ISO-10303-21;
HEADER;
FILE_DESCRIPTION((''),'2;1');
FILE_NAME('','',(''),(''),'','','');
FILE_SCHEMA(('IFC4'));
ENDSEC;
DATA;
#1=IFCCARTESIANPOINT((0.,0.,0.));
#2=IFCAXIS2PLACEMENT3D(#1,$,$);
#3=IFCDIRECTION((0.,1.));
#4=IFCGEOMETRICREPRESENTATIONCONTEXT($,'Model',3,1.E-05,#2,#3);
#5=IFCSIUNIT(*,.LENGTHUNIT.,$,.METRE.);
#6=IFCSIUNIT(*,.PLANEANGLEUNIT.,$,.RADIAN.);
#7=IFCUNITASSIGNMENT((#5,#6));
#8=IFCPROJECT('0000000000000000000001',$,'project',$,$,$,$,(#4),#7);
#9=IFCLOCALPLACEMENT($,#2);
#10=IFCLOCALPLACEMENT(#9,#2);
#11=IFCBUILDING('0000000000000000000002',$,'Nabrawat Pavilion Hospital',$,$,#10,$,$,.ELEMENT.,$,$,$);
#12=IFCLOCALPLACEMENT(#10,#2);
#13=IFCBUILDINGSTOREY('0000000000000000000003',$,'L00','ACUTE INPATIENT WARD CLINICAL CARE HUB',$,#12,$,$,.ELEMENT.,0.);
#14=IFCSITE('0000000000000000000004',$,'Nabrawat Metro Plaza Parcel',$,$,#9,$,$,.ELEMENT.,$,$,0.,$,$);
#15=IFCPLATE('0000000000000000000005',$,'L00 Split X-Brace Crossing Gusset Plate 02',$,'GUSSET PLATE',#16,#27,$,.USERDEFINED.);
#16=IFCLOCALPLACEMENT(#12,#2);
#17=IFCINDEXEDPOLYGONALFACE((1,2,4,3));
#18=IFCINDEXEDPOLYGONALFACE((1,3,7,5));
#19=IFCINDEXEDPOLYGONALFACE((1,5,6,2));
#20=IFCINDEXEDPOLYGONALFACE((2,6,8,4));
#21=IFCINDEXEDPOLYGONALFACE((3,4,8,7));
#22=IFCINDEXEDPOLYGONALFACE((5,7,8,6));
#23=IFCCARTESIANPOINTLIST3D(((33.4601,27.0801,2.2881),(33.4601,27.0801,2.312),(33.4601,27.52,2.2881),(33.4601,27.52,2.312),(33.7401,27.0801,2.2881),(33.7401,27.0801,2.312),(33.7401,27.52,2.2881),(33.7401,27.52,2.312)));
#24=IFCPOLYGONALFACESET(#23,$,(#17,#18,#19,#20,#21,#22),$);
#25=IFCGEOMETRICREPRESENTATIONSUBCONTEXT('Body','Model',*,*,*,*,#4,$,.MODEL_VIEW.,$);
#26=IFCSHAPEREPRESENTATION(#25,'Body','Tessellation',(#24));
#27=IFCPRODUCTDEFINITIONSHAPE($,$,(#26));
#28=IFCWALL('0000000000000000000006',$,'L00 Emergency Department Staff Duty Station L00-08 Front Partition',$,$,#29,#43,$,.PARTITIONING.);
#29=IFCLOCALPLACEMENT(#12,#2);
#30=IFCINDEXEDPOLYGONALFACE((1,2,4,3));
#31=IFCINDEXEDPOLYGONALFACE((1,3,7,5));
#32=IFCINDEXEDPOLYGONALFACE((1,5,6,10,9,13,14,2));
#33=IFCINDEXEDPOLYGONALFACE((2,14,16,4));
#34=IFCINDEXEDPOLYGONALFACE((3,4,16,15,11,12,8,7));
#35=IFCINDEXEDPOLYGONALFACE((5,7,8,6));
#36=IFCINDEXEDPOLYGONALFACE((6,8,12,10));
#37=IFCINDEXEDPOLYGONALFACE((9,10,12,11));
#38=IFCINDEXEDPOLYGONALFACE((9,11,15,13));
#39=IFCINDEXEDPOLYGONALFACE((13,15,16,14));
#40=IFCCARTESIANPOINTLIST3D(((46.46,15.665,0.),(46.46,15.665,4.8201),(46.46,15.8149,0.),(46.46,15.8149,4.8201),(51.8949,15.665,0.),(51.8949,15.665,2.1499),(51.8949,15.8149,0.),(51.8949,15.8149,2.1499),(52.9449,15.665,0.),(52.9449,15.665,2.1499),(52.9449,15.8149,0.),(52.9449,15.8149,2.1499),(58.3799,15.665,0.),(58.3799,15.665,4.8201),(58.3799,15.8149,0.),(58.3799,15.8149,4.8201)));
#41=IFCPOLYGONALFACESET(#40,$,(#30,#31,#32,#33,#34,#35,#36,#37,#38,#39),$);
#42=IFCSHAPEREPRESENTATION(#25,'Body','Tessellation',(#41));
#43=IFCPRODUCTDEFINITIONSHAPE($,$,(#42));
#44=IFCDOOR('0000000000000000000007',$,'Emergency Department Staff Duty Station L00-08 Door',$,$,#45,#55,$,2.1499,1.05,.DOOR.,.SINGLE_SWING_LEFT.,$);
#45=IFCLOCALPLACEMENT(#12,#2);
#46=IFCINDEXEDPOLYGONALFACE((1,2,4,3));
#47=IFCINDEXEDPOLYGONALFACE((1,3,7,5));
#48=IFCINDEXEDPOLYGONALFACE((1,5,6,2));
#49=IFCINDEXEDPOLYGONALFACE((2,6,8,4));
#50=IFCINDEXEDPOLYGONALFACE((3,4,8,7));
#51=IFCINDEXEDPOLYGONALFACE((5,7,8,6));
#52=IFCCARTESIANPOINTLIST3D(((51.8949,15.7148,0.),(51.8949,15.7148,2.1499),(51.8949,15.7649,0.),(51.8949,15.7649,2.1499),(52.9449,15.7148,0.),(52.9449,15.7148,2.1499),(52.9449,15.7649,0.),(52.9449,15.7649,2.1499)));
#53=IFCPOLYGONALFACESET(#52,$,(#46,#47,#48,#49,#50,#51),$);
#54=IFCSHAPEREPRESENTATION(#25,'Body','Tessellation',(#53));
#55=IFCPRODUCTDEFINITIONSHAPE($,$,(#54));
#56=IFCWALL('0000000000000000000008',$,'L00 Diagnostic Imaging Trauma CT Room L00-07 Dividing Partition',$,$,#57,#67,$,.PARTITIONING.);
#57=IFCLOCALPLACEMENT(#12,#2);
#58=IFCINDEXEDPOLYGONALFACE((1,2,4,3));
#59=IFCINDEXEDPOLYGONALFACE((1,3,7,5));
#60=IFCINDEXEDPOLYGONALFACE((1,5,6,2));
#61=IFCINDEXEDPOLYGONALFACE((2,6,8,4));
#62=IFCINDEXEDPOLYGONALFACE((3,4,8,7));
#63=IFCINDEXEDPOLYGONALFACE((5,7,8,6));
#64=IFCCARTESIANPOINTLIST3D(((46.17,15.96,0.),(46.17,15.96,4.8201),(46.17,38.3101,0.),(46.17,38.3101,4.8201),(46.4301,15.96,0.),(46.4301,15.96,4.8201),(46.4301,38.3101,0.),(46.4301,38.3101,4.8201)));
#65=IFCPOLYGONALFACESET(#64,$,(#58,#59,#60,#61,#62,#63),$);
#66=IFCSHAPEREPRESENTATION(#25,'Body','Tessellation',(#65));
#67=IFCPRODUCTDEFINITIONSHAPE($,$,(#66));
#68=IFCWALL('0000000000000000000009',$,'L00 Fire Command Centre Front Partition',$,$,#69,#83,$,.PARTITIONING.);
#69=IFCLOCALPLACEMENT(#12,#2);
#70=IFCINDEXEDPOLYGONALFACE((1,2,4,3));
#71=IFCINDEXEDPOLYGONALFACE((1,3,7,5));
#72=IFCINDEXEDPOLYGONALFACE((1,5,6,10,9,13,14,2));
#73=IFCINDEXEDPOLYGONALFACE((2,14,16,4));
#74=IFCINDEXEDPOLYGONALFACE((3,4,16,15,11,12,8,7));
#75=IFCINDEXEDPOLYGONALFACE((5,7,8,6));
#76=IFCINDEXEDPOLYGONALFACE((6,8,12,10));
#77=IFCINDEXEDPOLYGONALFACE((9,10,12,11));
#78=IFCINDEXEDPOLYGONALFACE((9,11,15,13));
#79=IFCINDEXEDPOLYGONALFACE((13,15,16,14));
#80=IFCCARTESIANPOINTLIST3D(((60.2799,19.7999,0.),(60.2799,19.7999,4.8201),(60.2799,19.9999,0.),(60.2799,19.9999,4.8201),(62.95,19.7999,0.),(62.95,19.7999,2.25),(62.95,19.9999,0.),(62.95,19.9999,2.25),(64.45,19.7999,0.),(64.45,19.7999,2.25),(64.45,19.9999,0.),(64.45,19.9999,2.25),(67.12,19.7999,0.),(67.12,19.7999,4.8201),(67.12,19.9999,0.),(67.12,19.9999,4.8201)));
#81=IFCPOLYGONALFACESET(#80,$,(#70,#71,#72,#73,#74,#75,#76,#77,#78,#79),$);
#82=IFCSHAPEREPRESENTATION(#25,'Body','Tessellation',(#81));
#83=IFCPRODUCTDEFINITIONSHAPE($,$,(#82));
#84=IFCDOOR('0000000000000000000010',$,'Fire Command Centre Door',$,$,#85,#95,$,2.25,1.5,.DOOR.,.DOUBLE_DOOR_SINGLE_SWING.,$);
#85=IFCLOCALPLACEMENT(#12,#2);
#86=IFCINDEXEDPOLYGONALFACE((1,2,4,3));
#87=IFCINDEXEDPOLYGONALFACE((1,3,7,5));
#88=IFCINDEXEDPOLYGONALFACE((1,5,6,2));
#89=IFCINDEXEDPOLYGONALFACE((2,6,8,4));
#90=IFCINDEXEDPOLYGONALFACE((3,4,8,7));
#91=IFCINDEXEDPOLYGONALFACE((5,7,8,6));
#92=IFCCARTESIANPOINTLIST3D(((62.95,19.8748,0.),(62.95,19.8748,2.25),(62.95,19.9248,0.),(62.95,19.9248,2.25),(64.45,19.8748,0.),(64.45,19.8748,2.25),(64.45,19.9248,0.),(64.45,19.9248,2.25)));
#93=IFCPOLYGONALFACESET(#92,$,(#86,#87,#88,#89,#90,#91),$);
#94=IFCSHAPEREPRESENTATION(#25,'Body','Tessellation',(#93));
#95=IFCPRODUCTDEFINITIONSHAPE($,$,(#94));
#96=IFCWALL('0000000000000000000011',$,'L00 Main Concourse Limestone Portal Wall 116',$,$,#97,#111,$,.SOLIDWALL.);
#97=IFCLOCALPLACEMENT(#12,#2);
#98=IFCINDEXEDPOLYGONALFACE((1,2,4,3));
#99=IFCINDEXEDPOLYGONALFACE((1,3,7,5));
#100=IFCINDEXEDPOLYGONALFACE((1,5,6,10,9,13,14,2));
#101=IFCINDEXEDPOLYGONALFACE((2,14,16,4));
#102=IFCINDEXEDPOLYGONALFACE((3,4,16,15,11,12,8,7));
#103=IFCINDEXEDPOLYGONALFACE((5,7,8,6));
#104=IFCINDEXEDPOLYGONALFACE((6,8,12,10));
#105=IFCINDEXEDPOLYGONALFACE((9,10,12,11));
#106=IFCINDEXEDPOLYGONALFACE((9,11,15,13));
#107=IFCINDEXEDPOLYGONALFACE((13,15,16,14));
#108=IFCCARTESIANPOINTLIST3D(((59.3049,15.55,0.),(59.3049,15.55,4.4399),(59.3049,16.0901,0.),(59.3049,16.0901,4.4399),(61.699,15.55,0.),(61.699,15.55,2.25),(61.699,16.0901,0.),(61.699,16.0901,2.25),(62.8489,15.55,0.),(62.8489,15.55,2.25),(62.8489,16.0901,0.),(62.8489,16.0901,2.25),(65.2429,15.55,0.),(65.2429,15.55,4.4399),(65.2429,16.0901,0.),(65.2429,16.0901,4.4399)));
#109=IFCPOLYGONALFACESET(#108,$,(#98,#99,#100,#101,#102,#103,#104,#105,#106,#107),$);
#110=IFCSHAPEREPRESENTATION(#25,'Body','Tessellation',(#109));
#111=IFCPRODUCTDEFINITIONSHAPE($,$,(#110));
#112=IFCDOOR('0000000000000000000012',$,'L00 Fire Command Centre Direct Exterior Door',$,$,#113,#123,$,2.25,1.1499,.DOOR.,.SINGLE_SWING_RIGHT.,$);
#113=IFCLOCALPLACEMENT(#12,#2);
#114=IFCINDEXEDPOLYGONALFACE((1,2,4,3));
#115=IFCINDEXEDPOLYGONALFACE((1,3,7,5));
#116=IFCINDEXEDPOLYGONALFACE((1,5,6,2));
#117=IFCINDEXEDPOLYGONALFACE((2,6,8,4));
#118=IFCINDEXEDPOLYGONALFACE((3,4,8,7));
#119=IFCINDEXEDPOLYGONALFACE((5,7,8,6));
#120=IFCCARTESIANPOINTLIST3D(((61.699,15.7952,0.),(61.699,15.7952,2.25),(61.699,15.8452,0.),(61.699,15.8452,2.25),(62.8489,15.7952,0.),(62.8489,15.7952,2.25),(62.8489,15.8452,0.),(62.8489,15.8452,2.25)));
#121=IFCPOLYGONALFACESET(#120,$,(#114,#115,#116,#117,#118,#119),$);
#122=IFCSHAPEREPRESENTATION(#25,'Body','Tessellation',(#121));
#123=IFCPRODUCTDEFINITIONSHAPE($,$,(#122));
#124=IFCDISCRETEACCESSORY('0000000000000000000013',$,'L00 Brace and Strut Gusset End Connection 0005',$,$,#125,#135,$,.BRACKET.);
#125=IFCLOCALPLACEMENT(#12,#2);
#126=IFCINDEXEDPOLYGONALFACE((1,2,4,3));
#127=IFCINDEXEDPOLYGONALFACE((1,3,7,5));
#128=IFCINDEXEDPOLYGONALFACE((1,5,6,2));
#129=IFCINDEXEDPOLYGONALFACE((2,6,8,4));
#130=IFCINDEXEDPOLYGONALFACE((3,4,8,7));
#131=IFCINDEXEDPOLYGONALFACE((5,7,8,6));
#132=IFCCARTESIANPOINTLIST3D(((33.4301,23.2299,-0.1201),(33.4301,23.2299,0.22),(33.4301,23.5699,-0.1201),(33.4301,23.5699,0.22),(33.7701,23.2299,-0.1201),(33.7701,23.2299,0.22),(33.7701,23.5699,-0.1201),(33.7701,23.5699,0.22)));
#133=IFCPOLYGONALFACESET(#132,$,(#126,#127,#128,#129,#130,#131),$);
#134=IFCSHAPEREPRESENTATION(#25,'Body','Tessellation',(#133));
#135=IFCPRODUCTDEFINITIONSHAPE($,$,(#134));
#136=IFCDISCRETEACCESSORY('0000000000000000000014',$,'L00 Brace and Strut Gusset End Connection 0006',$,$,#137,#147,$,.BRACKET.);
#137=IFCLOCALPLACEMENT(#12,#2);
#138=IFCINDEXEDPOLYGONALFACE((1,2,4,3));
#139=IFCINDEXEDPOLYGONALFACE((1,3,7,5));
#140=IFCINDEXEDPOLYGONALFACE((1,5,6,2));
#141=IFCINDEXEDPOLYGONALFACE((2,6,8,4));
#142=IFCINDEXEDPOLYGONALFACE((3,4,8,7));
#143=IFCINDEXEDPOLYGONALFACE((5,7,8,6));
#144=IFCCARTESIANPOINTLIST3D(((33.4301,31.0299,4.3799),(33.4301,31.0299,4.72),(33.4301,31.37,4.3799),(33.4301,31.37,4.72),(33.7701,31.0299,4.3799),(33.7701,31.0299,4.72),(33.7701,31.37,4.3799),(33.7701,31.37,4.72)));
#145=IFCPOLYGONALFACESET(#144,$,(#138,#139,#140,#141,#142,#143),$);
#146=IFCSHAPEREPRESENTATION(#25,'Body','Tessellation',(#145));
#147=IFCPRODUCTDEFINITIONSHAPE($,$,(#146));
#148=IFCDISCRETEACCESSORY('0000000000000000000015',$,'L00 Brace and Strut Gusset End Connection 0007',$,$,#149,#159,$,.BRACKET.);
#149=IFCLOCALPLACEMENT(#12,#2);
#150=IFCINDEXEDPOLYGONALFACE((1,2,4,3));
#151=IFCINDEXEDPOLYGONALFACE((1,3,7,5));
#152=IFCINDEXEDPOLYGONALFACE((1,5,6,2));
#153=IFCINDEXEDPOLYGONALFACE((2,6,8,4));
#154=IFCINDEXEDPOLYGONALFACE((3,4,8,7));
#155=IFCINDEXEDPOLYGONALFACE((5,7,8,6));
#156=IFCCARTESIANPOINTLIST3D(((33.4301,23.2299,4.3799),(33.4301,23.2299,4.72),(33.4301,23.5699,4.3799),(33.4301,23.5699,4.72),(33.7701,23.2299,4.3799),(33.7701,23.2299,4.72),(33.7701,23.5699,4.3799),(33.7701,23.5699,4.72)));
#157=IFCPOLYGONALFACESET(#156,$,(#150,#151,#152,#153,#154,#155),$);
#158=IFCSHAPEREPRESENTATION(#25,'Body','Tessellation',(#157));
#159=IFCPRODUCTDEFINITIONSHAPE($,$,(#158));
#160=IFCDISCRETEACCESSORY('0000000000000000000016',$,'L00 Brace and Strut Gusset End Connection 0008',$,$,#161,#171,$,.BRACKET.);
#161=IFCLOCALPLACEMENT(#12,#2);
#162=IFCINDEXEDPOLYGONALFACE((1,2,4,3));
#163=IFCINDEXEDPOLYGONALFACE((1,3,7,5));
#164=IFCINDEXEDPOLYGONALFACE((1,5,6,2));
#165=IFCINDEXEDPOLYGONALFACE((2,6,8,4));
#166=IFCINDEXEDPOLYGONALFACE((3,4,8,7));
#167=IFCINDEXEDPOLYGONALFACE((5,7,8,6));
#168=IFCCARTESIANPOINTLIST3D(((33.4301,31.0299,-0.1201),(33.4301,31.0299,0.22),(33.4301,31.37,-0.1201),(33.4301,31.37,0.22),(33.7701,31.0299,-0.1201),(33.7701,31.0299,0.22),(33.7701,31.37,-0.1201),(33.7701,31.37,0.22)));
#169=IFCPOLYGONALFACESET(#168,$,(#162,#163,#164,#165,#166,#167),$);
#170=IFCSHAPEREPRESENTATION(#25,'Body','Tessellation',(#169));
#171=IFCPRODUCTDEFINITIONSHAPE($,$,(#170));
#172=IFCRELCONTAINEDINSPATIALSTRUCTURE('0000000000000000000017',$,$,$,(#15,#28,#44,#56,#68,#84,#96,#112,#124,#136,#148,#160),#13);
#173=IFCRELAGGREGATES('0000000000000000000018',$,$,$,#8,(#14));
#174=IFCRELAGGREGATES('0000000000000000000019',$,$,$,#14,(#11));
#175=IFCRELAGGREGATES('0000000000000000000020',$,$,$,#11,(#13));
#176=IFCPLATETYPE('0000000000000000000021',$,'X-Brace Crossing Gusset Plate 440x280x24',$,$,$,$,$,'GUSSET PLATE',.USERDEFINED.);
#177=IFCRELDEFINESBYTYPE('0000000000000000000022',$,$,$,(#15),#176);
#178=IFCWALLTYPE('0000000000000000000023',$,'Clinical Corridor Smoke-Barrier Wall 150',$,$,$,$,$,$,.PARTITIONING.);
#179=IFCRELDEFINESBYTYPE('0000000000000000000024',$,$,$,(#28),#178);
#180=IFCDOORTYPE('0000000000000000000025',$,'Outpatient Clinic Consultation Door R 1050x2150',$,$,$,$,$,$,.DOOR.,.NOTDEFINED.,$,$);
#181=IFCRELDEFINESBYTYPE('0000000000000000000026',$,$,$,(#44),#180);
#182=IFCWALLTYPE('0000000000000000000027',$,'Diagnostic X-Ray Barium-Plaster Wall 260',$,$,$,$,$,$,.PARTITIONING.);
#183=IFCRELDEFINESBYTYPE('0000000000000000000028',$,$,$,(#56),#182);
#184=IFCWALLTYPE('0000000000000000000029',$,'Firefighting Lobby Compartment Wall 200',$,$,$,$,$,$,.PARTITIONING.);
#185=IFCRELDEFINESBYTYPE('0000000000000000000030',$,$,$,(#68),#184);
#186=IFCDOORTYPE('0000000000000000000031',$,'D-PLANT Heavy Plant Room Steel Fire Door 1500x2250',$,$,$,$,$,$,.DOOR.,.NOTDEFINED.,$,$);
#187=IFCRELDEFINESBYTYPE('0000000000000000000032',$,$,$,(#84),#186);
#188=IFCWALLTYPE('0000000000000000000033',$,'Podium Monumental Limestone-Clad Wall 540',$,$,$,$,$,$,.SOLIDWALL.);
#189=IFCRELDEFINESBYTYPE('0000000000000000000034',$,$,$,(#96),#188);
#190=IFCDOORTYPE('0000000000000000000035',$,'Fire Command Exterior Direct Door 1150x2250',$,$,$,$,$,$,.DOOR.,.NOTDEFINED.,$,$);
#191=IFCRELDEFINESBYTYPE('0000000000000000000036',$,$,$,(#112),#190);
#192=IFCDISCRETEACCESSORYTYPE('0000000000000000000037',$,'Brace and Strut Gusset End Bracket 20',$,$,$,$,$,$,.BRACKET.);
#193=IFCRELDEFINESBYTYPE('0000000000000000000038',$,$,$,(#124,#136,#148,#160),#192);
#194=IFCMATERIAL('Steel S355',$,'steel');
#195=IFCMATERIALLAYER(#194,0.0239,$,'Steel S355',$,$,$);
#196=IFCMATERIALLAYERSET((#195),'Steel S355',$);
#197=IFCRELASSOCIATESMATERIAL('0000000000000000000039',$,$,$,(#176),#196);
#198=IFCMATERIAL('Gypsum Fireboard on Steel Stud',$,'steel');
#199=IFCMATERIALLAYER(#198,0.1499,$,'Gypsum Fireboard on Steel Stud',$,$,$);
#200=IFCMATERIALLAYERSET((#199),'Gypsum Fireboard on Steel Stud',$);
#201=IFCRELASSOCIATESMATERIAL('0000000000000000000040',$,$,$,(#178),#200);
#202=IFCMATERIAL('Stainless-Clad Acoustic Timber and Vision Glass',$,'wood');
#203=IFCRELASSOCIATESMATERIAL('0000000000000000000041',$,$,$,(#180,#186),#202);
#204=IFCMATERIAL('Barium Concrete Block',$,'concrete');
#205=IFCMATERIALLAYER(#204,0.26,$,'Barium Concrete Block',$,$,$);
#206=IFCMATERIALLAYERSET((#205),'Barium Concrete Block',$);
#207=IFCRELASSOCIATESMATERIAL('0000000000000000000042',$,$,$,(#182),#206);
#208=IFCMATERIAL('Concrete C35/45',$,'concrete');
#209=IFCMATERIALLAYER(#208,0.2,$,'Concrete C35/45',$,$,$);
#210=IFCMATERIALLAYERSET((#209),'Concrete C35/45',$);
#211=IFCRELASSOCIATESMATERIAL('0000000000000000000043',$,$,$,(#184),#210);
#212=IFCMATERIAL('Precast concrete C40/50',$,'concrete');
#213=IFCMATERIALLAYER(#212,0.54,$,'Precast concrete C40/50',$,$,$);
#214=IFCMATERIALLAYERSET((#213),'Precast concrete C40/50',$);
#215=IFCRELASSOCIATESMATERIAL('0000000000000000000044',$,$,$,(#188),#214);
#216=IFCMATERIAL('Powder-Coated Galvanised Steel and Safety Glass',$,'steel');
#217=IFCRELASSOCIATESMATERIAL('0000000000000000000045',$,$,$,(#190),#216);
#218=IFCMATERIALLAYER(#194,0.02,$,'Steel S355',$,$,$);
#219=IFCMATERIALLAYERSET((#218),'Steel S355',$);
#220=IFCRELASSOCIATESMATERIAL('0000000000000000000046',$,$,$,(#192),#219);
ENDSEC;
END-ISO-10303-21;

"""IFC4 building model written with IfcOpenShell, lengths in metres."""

from ifc_helpers import new_model, si_unit, direction, frame, frame_2d, origin, origin_2d, place, context, subcontext, project, spatial, rectangle, extrude, material, layer, layer_set, type_object, element, fill, save


model = new_model("IFC4")

# Units and contexts
model_context = context("Model", 3, precision=1e-05, world=origin(), true_north=direction((0.0, 1.0)))
body_context = subcontext(model_context, "Body", "Model", "MODEL_VIEW")
ifc_project = project(units=[si_unit("LENGTHUNIT", "METRE"), si_unit("PLANEANGLEUNIT", "RADIAN")], contexts=[model_context])

# Site, building, storey
site_placement = place(None, origin())
site = spatial("IfcSite", under=ifc_project, at=site_placement, Name="Nabrawat Metro Plaza Parcel", CompositionType="ELEMENT", RefElevation=0.0)
building_placement = place(site_placement, origin())
building = spatial("IfcBuilding", under=site, at=building_placement, Name="Nabrawat Pavilion Hospital", CompositionType="ELEMENT")
storey_placement = place(building_placement, origin())
storey = spatial("IfcBuildingStorey", under=building, at=storey_placement, Name="L00", Description="ACUTE INPATIENT WARD CLINICAL CARE HUB", CompositionType="ELEMENT", Elevation=0.0)

# Shared definitions
ifc_material_1 = material(Name="Steel S355", Category="steel")

# Plate
ifc_layer_1 = layer(ifc_material_1, 0.0239, Name="Steel S355")
ifc_layer_set_1 = layer_set([ifc_layer_1], Name="Steel S355")
plate_type_1 = type_object("IfcPlateType", Name="X-Brace Crossing Gusset Plate 440x280x24", ElementType="GUSSET PLATE", PredefinedType="USERDEFINED", material=ifc_layer_set_1)
plate_1_placement = place(storey_placement, frame((33.6001, 27.3, 2.2881), z_axis=(0.0, 0.0, 1.0), x_axis=(1.0, 0.0, 0.0)))
element("IfcPlate", 1, at=plate_1_placement, inside=storey, type_object=plate_type_1, Name="L00 Split X-Brace Crossing Gusset Plate 02", ObjectType="GUSSET PLATE", PredefinedType="USERDEFINED", context=body_context, shape_type="SweptSolid", body=[
    extrude(rectangle(XDim=0.28, YDim=0.4399, at=origin_2d()), origin(), (0.0, 0.0, 1.0), 0.0239),
])

# Wall, opening, door
ifc_material_2 = material(Name="Gypsum Fireboard on Steel Stud", Category="steel")
ifc_layer_2 = layer(ifc_material_2, 0.1499, Name="Gypsum Fireboard on Steel Stud")
ifc_layer_set_2 = layer_set([ifc_layer_2], Name="Gypsum Fireboard on Steel Stud")
wall_type_1 = type_object("IfcWallType", Name="Clinical Corridor Smoke-Barrier Wall 150", PredefinedType="PARTITIONING", material=ifc_layer_set_2)
wall_1_placement = place(storey_placement, frame((46.46, 15.74, 0.0), z_axis=(0.0, 0.0, 1.0), x_axis=(1.0, 0.0, 0.0)))
wall_1 = element("IfcWall", 2, at=wall_1_placement, inside=storey, type_object=wall_type_1, Name="L00 Emergency Department Staff Duty Station L00-08 Front Partition", PredefinedType="PARTITIONING", context=body_context, shape_type="SweptSolid", body=[
    extrude(rectangle(XDim=11.9199, YDim=0.1499, at=frame_2d((5.96, 0.0))), origin(), (0.0, 0.0, 1.0), 4.8201),
])
opening_1_placement = place(wall_1_placement, frame((5.4351, 0.0, 0.0)))
opening_1 = element("IfcOpeningElement", 3, at=opening_1_placement, cuts=wall_1, PredefinedType="OPENING", context=body_context, shape_type="SweptSolid", body=[
    extrude(rectangle(XDim=1.05, YDim=2.1499, at=frame_2d((0.5249, 1.075))), frame((0.0, 0.085, 0.0), z_axis=(0.0, -1.0, 0.0), x_axis=(1.0, 0.0, 0.0)), (0.0, 0.0, 1.0), 0.1699),
])
ifc_material_3 = material(Name="Stainless-Clad Acoustic Timber and Vision Glass", Category="wood")
door_type_1 = type_object("IfcDoorType", Name="Outpatient Clinic Consultation Door R 1050x2150", OperationType="NOTDEFINED", PredefinedType="DOOR", material=ifc_material_3)
door_1_placement = place(opening_1_placement, origin())
door_1 = element("IfcDoor", 4, at=door_1_placement, inside=storey, type_object=door_type_1, Name="Emergency Department Staff Duty Station L00-08 Door", OperationType="SINGLE_SWING_LEFT", OverallHeight=2.1499, OverallWidth=1.05, PredefinedType="DOOR", context=body_context, shape_type="SweptSolid", body=[
    extrude(rectangle(XDim=1.05, YDim=2.1499, at=frame_2d((0.5249, 1.075))), frame((0.0, 0.0249, 0.0), z_axis=(0.0, -1.0, 0.0), x_axis=(1.0, 0.0, 0.0)), (0.0, 0.0, 1.0), 0.05),
])
fill(opening_1, door_1)

# Wall
ifc_material_4 = material(Name="Barium Concrete Block", Category="concrete")
ifc_layer_3 = layer(ifc_material_4, 0.26, Name="Barium Concrete Block")
ifc_layer_set_3 = layer_set([ifc_layer_3], Name="Barium Concrete Block")
wall_type_2 = type_object("IfcWallType", Name="Diagnostic X-Ray Barium-Plaster Wall 260", PredefinedType="PARTITIONING", material=ifc_layer_set_3)
wall_2_placement = place(storey_placement, frame((46.3, 15.96, 0.0), z_axis=(0.0, 0.0, 1.0), x_axis=(0.0, 1.0, 0.0)))
element("IfcWall", 5, at=wall_2_placement, inside=storey, type_object=wall_type_2, Name="L00 Diagnostic Imaging Trauma CT Room L00-07 Dividing Partition", PredefinedType="PARTITIONING", context=body_context, shape_type="SweptSolid", body=[
    extrude(rectangle(XDim=22.3501, YDim=0.26, at=frame_2d((11.175, 0.0))), origin(), (0.0, 0.0, 1.0), 4.8201),
])

# Walls, openings, doors
ifc_material_5 = material(Name="Concrete C35/45", Category="concrete")
ifc_layer_4 = layer(ifc_material_5, 0.2, Name="Concrete C35/45")
ifc_layer_set_4 = layer_set([ifc_layer_4], Name="Concrete C35/45")
wall_type_3 = type_object("IfcWallType", Name="Firefighting Lobby Compartment Wall 200", PredefinedType="PARTITIONING", material=ifc_layer_set_4)
wall_3_placement = place(storey_placement, frame((60.28, 19.8999, 0.0), z_axis=(0.0, 0.0, 1.0), x_axis=(1.0, 0.0, 0.0)))
wall_3 = element("IfcWall", 6, at=wall_3_placement, inside=storey, type_object=wall_type_3, Name="L00 Fire Command Centre Front Partition", PredefinedType="PARTITIONING", context=body_context, shape_type="SweptSolid", body=[
    extrude(rectangle(XDim=6.8401, YDim=0.2, at=frame_2d((3.4199, 0.0))), origin(), (0.0, 0.0, 1.0), 4.8201),
])
opening_2_placement = place(wall_3_placement, frame((2.6699, 0.0, 0.0)))
opening_2 = element("IfcOpeningElement", 7, at=opening_2_placement, cuts=wall_3, PredefinedType="OPENING", context=body_context, shape_type="SweptSolid", body=[
    extrude(rectangle(XDim=1.5, YDim=2.25, at=frame_2d((0.75, 1.125))), frame((0.0, 0.1099, 0.0), z_axis=(0.0, -1.0, 0.0), x_axis=(1.0, 0.0, 0.0)), (0.0, 0.0, 1.0), 0.22),
])
door_type_2 = type_object("IfcDoorType", Name="D-PLANT Heavy Plant Room Steel Fire Door 1500x2250", OperationType="NOTDEFINED", PredefinedType="DOOR", material=ifc_material_3)
door_2_placement = place(opening_2_placement, origin())
door_2 = element("IfcDoor", 8, at=door_2_placement, inside=storey, type_object=door_type_2, Name="Fire Command Centre Door", OperationType="DOUBLE_DOOR_SINGLE_SWING", OverallHeight=2.25, OverallWidth=1.5, PredefinedType="DOOR", context=body_context, shape_type="SweptSolid", body=[
    extrude(rectangle(XDim=1.5, YDim=2.25, at=frame_2d((0.75, 1.125))), frame((0.0, 0.0249, 0.0), z_axis=(0.0, -1.0, 0.0), x_axis=(1.0, 0.0, 0.0)), (0.0, 0.0, 1.0), 0.05),
])
fill(opening_2, door_2)
ifc_material_6 = material(Name="Precast concrete C40/50", Category="concrete")
ifc_layer_5 = layer(ifc_material_6, 0.54, Name="Precast concrete C40/50")
ifc_layer_set_5 = layer_set([ifc_layer_5], Name="Precast concrete C40/50")
wall_type_4 = type_object("IfcWallType", Name="Podium Monumental Limestone-Clad Wall 540", PredefinedType="SOLIDWALL", material=ifc_layer_set_5)
wall_4_placement = place(storey_placement, frame((59.3049, 15.8201, 0.0), z_axis=(0.0, 0.0, 1.0), x_axis=(1.0, 0.0, 0.0)))
wall_4 = element("IfcWall", 9, at=wall_4_placement, inside=storey, type_object=wall_type_4, Name="L00 Main Concourse Limestone Portal Wall 116", PredefinedType="SOLIDWALL", context=body_context, shape_type="SweptSolid", body=[
    extrude(rectangle(XDim=5.938, YDim=0.54, at=frame_2d((2.969, 0.0))), origin(), (0.0, 0.0, 1.0), 4.4399),
])
opening_3_placement = place(wall_4_placement, frame((2.394, 0.0, 0.0)))
opening_3 = element("IfcOpeningElement", 10, at=opening_3_placement, cuts=wall_4, PredefinedType="OPENING", context=body_context, shape_type="SweptSolid", body=[
    extrude(rectangle(XDim=1.1499, YDim=2.25, at=frame_2d((0.575, 1.125))), frame((0.0, 0.28, 0.0), z_axis=(0.0, -1.0, 0.0), x_axis=(1.0, 0.0, 0.0)), (0.0, 0.0, 1.0), 0.5601),
])
ifc_material_7 = material(Name="Powder-Coated Galvanised Steel and Safety Glass", Category="steel")
door_type_3 = type_object("IfcDoorType", Name="Fire Command Exterior Direct Door 1150x2250", OperationType="NOTDEFINED", PredefinedType="DOOR", material=ifc_material_7)
door_3_placement = place(opening_3_placement, frame((1.1499, 0.0, 0.0), z_axis=(0.0, 0.0, 1.0), x_axis=(-1.0, 0.0, 0.0)))
door_3 = element("IfcDoor", 11, at=door_3_placement, inside=storey, type_object=door_type_3, Name="L00 Fire Command Centre Direct Exterior Door", OperationType="SINGLE_SWING_RIGHT", OverallHeight=2.25, OverallWidth=1.1499, PredefinedType="DOOR", context=body_context, shape_type="SweptSolid", body=[
    extrude(rectangle(XDim=1.1499, YDim=2.25, at=frame_2d((0.575, 1.125))), frame((0.0, 0.0249, 0.0), z_axis=(0.0, -1.0, 0.0), x_axis=(1.0, 0.0, 0.0)), (0.0, 0.0, 1.0), 0.05),
])
fill(opening_3, door_3)

# Discrete accessories
ifc_layer_6 = layer(ifc_material_1, 0.02, Name="Steel S355")
ifc_layer_set_6 = layer_set([ifc_layer_6], Name="Steel S355")
discrete_accessory_type = type_object("IfcDiscreteAccessoryType", Name="Brace and Strut Gusset End Bracket 20", PredefinedType="BRACKET", material=ifc_layer_set_6)
for number, where, z_axis, x_axis, name in (
    (12, (33.6001, 23.3999, -0.1201), (0.0, 0.0, 1.0), (1.0, 0.0, 0.0), "L00 Brace and Strut Gusset End Connection 0005"),
    (13, (33.6001, 31.2, 4.3799), (0.0, 0.0, 1.0), (1.0, 0.0, 0.0), "L00 Brace and Strut Gusset End Connection 0006"),
    (14, (33.6001, 23.3999, 4.3799), (0.0, 0.0, 1.0), (1.0, 0.0, 0.0), "L00 Brace and Strut Gusset End Connection 0007"),
    (15, (33.6001, 31.2, -0.1201), (0.0, 0.0, 1.0), (1.0, 0.0, 0.0), "L00 Brace and Strut Gusset End Connection 0008"),
):
    element("IfcDiscreteAccessory", number, at=place(storey_placement, frame(where, z_axis=z_axis, x_axis=x_axis)), inside=storey, type_object=discrete_accessory_type, Name=name, PredefinedType="BRACKET", context=body_context, shape_type="SweptSolid", body=[
        extrude(rectangle(XDim=0.3401, YDim=0.3401, at=origin_2d()), origin(), (0.0, 0.0, 1.0), 0.3401),
    ])

save(model, "model.ifc")
